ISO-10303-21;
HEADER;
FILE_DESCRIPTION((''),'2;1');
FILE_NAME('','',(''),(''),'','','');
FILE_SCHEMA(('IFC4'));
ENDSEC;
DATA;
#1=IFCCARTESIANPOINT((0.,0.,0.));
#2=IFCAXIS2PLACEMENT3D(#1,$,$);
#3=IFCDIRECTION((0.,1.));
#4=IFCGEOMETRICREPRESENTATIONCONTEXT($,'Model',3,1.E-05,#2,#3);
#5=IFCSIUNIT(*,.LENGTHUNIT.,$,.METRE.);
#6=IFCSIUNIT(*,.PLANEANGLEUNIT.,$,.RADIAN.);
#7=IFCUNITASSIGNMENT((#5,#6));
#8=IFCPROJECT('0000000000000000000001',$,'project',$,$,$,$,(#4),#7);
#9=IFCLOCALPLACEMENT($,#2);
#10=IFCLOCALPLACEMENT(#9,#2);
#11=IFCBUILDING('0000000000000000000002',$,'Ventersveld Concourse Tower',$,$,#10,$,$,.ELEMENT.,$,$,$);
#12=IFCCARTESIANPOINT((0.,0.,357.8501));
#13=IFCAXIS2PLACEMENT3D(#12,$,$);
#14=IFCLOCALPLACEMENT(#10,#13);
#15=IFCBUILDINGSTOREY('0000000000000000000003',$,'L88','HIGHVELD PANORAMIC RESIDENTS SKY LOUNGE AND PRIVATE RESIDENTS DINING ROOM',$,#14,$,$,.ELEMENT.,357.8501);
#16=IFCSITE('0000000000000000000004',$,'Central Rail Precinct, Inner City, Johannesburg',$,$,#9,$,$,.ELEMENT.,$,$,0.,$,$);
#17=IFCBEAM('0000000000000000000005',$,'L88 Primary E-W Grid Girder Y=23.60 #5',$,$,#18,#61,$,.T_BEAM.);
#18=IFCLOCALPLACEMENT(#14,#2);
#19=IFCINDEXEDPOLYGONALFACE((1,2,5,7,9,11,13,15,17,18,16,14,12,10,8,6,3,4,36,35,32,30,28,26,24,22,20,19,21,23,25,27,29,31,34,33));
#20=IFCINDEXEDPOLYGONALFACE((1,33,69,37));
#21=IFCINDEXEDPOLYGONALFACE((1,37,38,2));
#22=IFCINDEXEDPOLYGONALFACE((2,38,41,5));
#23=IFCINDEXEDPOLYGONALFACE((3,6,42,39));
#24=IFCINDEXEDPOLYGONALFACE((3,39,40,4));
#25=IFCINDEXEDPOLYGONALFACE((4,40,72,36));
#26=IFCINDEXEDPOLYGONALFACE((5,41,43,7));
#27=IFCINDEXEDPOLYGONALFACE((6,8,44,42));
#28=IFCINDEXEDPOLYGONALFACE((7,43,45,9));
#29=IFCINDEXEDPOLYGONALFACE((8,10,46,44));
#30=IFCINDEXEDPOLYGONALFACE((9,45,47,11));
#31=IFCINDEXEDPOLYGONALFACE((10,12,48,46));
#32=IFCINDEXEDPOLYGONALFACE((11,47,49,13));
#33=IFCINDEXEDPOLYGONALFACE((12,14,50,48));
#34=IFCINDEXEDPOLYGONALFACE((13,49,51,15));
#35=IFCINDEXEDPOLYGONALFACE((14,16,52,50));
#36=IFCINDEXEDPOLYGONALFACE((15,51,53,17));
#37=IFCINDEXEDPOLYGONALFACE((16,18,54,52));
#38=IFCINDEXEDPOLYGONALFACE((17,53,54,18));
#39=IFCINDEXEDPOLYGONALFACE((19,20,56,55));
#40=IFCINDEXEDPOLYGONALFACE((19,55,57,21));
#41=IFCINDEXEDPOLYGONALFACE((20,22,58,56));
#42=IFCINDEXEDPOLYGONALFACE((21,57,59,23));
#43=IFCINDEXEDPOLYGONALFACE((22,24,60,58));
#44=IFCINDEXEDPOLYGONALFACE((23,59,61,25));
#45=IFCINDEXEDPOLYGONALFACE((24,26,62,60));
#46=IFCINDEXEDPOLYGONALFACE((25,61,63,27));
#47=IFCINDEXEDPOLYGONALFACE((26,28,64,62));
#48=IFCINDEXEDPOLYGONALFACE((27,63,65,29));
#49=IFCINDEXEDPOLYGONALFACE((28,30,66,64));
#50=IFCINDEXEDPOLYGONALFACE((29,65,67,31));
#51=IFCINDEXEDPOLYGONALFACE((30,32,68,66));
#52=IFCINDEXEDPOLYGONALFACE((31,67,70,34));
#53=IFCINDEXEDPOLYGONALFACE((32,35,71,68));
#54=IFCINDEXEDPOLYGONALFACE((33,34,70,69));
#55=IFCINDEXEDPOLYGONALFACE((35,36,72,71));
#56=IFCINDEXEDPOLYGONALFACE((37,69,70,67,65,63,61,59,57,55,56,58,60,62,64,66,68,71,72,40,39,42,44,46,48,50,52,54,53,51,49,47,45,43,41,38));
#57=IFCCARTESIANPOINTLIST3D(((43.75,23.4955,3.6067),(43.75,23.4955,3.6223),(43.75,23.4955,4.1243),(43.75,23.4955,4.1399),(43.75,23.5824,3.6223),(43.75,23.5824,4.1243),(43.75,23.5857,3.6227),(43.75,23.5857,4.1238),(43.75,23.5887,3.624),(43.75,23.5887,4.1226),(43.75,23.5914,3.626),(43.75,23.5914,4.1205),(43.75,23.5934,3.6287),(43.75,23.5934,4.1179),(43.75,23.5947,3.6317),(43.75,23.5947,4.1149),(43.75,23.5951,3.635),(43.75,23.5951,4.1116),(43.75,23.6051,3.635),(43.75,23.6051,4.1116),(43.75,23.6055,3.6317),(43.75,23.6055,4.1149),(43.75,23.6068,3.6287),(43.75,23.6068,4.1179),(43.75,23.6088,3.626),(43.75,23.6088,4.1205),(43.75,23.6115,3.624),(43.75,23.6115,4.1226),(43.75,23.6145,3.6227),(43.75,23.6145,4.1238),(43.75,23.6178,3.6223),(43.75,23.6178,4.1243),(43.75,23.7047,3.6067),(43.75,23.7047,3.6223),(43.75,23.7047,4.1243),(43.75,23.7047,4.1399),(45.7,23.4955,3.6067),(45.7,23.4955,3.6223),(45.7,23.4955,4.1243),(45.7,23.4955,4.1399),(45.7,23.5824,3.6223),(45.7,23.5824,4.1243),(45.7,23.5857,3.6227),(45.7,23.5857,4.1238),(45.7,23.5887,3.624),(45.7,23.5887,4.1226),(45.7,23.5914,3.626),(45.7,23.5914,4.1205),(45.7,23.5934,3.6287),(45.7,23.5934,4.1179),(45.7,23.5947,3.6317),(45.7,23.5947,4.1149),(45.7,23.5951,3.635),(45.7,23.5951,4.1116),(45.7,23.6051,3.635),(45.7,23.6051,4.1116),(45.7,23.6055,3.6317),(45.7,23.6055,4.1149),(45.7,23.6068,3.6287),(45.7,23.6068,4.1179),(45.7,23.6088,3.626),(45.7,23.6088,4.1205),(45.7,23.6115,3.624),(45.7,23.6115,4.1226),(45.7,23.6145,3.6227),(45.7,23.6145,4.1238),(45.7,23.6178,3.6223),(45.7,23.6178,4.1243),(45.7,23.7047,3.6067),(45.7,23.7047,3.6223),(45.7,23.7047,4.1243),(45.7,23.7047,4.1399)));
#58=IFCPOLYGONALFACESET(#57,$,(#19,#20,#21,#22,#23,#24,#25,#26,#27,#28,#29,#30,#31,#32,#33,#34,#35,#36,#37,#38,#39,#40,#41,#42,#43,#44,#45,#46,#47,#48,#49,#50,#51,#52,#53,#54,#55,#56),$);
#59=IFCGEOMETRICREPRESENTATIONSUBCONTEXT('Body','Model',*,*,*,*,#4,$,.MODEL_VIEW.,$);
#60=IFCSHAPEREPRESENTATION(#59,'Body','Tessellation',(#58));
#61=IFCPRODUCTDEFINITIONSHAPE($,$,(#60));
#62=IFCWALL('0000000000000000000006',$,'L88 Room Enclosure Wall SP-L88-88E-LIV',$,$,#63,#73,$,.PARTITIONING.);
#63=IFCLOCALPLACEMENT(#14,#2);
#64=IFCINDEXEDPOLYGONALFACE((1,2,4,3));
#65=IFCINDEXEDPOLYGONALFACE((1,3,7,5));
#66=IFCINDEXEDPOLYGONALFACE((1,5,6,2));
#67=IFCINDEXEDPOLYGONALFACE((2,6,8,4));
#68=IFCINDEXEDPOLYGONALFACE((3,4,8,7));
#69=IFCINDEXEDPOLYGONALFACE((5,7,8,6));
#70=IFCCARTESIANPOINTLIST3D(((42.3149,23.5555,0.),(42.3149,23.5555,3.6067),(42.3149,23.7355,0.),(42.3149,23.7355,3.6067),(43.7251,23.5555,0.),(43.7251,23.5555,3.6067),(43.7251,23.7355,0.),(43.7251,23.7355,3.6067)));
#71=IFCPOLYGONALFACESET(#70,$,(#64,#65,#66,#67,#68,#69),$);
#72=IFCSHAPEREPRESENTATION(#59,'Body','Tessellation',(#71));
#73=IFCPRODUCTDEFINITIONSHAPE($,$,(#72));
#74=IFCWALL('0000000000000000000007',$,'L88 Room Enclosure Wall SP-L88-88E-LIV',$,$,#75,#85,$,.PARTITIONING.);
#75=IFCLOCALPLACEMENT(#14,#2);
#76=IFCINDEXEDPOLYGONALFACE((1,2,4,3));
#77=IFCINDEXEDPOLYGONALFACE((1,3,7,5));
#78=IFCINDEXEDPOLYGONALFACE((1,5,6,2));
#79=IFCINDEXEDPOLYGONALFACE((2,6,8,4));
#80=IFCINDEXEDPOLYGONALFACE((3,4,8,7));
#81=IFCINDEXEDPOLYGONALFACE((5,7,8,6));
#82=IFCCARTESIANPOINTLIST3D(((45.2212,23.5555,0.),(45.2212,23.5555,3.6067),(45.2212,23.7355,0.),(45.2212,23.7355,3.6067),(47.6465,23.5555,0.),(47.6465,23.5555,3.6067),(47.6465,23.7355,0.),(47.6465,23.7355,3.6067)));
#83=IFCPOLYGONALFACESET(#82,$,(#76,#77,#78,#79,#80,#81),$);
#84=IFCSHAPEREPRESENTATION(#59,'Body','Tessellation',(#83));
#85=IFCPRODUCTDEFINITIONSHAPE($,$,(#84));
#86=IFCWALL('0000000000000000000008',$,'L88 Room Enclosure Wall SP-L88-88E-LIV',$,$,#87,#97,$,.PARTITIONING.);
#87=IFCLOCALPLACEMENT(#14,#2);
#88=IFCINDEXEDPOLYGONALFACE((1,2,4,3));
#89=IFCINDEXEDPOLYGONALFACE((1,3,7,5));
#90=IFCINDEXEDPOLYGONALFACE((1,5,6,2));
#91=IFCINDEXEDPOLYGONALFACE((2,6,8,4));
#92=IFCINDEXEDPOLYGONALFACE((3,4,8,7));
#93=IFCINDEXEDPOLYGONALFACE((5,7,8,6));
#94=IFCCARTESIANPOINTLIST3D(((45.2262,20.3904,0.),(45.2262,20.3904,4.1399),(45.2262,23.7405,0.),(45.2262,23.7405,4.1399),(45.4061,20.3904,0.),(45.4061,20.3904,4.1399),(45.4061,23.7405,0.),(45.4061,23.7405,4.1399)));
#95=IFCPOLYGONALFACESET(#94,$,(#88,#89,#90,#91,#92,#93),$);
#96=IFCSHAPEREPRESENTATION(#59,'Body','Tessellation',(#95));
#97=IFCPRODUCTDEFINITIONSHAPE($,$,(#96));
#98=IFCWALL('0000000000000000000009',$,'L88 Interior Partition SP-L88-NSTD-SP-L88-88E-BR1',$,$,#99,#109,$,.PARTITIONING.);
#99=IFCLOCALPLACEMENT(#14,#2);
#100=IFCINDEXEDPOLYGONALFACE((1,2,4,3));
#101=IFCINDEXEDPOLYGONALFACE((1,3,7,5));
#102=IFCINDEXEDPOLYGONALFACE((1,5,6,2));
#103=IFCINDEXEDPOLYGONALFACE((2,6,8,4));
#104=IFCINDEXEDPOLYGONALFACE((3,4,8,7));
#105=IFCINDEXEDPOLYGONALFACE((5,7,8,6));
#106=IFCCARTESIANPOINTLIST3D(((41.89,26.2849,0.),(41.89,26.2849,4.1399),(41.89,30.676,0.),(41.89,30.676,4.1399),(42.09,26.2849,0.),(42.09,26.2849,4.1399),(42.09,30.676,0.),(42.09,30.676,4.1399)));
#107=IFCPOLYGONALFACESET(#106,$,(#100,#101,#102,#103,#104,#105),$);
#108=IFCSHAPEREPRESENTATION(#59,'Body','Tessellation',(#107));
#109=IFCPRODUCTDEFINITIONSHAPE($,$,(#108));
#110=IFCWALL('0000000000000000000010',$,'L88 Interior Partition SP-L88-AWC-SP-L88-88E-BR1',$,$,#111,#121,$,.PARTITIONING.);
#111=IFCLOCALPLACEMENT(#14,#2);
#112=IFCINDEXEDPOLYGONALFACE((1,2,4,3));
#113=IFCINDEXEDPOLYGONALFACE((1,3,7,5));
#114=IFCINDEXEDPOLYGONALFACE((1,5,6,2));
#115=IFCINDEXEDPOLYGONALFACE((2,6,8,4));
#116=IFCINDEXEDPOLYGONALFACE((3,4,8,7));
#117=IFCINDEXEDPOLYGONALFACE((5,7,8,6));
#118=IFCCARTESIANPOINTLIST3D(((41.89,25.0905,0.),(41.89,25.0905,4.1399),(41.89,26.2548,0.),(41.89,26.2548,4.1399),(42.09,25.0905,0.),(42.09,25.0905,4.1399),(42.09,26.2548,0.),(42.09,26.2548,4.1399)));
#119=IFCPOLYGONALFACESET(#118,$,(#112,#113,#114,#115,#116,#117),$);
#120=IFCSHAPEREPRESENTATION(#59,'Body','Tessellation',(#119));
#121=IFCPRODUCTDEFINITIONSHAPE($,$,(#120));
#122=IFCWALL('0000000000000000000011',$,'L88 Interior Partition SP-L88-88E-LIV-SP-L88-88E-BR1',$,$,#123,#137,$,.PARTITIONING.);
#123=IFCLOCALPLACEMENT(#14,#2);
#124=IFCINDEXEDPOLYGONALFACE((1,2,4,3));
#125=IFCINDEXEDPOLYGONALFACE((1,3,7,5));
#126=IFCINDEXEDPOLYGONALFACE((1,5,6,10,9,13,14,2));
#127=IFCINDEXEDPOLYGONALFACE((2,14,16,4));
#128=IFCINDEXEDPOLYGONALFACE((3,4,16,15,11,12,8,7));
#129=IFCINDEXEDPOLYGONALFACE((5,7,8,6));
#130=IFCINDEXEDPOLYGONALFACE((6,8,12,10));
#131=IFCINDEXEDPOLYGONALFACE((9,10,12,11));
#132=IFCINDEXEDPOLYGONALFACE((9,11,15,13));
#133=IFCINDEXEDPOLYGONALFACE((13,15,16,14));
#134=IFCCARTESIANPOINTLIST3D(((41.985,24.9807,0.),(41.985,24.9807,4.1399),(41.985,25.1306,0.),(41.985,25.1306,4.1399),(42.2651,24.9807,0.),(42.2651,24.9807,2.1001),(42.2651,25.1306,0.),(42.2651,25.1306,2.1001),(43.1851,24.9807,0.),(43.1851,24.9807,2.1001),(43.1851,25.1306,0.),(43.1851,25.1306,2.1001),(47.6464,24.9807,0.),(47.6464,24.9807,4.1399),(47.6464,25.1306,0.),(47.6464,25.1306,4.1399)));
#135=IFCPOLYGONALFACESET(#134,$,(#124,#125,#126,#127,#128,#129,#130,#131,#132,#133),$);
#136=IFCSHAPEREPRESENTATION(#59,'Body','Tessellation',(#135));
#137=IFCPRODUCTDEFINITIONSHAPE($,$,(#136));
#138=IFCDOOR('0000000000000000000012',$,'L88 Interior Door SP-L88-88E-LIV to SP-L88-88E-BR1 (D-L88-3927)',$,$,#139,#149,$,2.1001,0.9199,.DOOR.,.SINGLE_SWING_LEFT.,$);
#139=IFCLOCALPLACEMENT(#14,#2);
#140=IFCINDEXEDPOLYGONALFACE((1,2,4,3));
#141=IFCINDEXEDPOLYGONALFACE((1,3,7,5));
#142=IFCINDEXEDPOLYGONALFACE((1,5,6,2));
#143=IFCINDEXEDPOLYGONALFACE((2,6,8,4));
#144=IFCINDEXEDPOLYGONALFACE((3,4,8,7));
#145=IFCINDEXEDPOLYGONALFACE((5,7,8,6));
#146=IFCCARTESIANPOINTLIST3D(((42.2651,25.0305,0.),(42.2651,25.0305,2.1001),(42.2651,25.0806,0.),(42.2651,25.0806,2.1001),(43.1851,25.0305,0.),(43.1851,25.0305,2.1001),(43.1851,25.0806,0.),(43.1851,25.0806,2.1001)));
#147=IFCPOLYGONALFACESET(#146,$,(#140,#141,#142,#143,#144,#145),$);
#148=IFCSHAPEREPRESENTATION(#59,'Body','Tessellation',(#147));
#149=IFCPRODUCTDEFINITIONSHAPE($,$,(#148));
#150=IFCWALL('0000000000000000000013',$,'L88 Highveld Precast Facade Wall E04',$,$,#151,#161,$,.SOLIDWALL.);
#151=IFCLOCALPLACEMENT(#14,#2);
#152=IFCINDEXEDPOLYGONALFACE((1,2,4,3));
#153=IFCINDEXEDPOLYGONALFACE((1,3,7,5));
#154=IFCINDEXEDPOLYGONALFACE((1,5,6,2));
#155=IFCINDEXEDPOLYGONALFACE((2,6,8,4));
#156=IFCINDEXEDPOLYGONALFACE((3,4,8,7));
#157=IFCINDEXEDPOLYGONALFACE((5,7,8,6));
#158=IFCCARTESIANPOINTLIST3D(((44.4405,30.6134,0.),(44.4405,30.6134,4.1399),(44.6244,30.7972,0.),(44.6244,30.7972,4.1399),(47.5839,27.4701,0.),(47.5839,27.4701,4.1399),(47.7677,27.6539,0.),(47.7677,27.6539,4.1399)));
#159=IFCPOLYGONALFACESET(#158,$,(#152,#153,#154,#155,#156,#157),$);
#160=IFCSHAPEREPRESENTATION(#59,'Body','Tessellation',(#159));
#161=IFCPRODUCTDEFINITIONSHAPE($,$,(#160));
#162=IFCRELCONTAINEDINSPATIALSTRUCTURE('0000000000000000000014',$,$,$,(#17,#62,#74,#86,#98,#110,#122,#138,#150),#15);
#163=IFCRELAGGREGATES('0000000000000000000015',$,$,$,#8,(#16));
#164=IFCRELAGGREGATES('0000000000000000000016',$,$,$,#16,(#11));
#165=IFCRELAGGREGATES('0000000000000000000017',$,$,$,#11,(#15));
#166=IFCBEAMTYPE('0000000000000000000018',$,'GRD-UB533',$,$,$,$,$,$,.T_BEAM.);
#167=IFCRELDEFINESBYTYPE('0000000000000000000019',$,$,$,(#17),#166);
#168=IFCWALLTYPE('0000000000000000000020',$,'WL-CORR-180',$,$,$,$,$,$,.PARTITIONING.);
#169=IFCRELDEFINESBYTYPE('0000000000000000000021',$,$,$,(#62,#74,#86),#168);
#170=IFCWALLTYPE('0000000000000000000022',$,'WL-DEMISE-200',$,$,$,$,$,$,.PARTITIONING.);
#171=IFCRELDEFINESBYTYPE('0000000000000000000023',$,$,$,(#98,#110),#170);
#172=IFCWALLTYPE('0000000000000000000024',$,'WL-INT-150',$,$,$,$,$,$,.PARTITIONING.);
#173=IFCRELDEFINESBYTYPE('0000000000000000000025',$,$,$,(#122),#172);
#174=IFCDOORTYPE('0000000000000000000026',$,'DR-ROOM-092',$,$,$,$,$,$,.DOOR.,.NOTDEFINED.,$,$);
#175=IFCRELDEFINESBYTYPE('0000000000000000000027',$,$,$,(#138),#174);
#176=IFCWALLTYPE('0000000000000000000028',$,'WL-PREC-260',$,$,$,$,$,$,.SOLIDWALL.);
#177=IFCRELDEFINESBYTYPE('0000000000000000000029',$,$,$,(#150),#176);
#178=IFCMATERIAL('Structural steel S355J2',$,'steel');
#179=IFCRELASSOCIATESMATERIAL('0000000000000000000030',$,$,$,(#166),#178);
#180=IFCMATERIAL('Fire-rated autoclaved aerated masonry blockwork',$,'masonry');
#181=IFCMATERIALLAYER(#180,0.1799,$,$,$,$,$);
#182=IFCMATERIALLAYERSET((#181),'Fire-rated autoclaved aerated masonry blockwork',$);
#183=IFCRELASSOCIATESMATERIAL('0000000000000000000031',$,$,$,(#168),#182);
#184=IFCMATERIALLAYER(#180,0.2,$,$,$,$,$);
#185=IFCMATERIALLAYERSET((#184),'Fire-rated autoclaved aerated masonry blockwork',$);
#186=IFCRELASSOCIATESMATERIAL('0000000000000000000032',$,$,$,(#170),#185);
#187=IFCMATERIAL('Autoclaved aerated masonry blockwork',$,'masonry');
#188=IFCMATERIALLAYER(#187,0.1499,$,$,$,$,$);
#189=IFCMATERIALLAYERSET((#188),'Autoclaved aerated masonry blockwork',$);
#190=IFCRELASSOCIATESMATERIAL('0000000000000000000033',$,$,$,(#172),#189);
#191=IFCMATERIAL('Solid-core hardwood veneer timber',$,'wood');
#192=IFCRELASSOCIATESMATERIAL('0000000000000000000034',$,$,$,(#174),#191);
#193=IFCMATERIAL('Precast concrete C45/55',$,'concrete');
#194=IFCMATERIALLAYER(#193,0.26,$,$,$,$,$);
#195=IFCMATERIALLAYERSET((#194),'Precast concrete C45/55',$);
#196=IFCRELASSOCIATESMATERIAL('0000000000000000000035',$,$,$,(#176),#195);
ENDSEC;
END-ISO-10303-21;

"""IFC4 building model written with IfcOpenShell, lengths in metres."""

from ifc_helpers import new_model, si_unit, direction, frame, frame_2d, origin, origin_2d, place, context, subcontext, project, spatial, rectangle, i_section, extrude, material, layer, layer_set, material_profile, profile_set, type_object, element, fill, save


model = new_model("IFC4")

# Units and contexts
model_context = context("Model", 3, precision=1e-05, world=origin(), true_north=direction((0.0, 1.0)))
body_context = subcontext(model_context, "Body", "Model", "MODEL_VIEW")
ifc_project = project(units=[si_unit("LENGTHUNIT", "METRE"), si_unit("PLANEANGLEUNIT", "RADIAN")], contexts=[model_context])

# Site, building, storey
site_placement = place(None, origin())
site = spatial("IfcSite", under=ifc_project, at=site_placement, Name="Central Rail Precinct, Inner City, Johannesburg", CompositionType="ELEMENT", RefElevation=0.0)
building_placement = place(site_placement, origin())
building = spatial("IfcBuilding", under=site, at=building_placement, Name="Ventersveld Concourse Tower", CompositionType="ELEMENT")
storey_placement = place(building_placement, frame((0.0, 0.0, 357.8501)))
storey = spatial("IfcBuildingStorey", under=building, at=storey_placement, Name="L88", Description="HIGHVELD PANORAMIC RESIDENTS SKY LOUNGE AND PRIVATE RESIDENTS DINING ROOM", CompositionType="ELEMENT", Elevation=357.8501)

# Shared definitions
ifc_material_1 = material(Name="Structural steel S355J2", Category="steel")

# Beam
ifc_material_profile_1 = material_profile(ifc_material_1, i_section(OverallWidth=0.2092, OverallDepth=0.5332, WebThickness=0.01, FlangeThickness=0.0156, FilletRadius=0.0127, at=origin_2d()), Name="UB 533x210x92")
ifc_profile_set_1 = profile_set([ifc_material_profile_1], Name="Structural steel S355J2")
beam_type_1 = type_object("IfcBeamType", Name="GRD-UB533", PredefinedType="T_BEAM", material=ifc_profile_set_1)
beam_1_placement = place(storey_placement, frame((43.75, 23.6001, 3.8733), z_axis=(1.0, 0.0, 0.0), x_axis=(0.0, 1.0, 0.0)))
element("IfcBeam", 1, at=beam_1_placement, inside=storey, type_object=beam_type_1, Name="L88 Primary E-W Grid Girder Y=23.60 #5", PredefinedType="T_BEAM", context=body_context, shape_type="SweptSolid", body=[
    extrude(i_section(OverallWidth=0.2092, OverallDepth=0.5332, WebThickness=0.01, FlangeThickness=0.0156, FilletRadius=0.0127, at=origin_2d()), origin(), (0.0, 0.0, 1.0), 1.95),
])

# Walls
ifc_material_2 = material(Name="Fire-rated autoclaved aerated masonry blockwork", Category="masonry")
ifc_layer_1 = layer(ifc_material_2, 0.1799)
ifc_layer_set_1 = layer_set([ifc_layer_1], Name="Fire-rated autoclaved aerated masonry blockwork")
wall_type_1 = type_object("IfcWallType", Name="WL-CORR-180", PredefinedType="PARTITIONING", material=ifc_layer_set_1)
wall_1_placement = place(storey_placement, frame((43.7251, 23.6455, 0.0), z_axis=(0.0, 0.0, 1.0), x_axis=(-1.0, 0.0, 0.0)))
element("IfcWall", 2, at=wall_1_placement, inside=storey, type_object=wall_type_1, Name="L88 Room Enclosure Wall SP-L88-88E-LIV", PredefinedType="PARTITIONING", context=body_context, shape_type="SweptSolid", body=[
    extrude(rectangle(XDim=1.4102, YDim=0.1799, at=frame_2d((0.7051, 0.0))), origin(), (0.0, 0.0, 1.0), 3.6067),
])
wall_2_placement = place(storey_placement, frame((47.6465, 23.6455, 0.0), z_axis=(0.0, 0.0, 1.0), x_axis=(-1.0, 0.0, 0.0)))
element("IfcWall", 3, at=wall_2_placement, inside=storey, type_object=wall_type_1, Name="L88 Room Enclosure Wall SP-L88-88E-LIV", PredefinedType="PARTITIONING", context=body_context, shape_type="SweptSolid", body=[
    extrude(rectangle(XDim=2.4253, YDim=0.1799, at=frame_2d((1.2126, 0.0))), origin(), (0.0, 0.0, 1.0), 3.6067),
])
wall_3_placement = place(storey_placement, frame((45.3162, 23.7405, 0.0), z_axis=(0.0, 0.0, 1.0), x_axis=(0.0, -1.0, 0.0)))
element("IfcWall", 4, at=wall_3_placement, inside=storey, type_object=wall_type_1, Name="L88 Room Enclosure Wall SP-L88-88E-LIV", PredefinedType="PARTITIONING", context=body_context, shape_type="SweptSolid", body=[
    extrude(rectangle(XDim=3.3501, YDim=0.1799, at=frame_2d((1.675, 0.0))), origin(), (0.0, 0.0, 1.0), 4.1399),
])
ifc_layer_2 = layer(ifc_material_2, 0.2)
ifc_layer_set_2 = layer_set([ifc_layer_2], Name="Fire-rated autoclaved aerated masonry blockwork")
wall_type_2 = type_object("IfcWallType", Name="WL-DEMISE-200", PredefinedType="PARTITIONING", material=ifc_layer_set_2)
wall_4_placement = place(storey_placement, frame((41.99, 26.2849, 0.0), z_axis=(0.0, 0.0, 1.0), x_axis=(0.0, 1.0, 0.0)))
element("IfcWall", 5, at=wall_4_placement, inside=storey, type_object=wall_type_2, Name="L88 Interior Partition SP-L88-NSTD-SP-L88-88E-BR1", PredefinedType="PARTITIONING", context=body_context, shape_type="SweptSolid", body=[
    extrude(rectangle(XDim=4.3911, YDim=0.2, at=frame_2d((2.1956, 0.0))), origin(), (0.0, 0.0, 1.0), 4.1399),
])
wall_5_placement = place(storey_placement, frame((41.99, 25.0906, 0.0), z_axis=(0.0, 0.0, 1.0), x_axis=(0.0, 1.0, 0.0)))
element("IfcWall", 6, at=wall_5_placement, inside=storey, type_object=wall_type_2, Name="L88 Interior Partition SP-L88-AWC-SP-L88-88E-BR1", PredefinedType="PARTITIONING", context=body_context, shape_type="SweptSolid", body=[
    extrude(rectangle(XDim=1.1643, YDim=0.2, at=frame_2d((0.582, 0.0))), origin(), (0.0, 0.0, 1.0), 4.1399),
])

# Wall, opening, door
ifc_material_3 = material(Name="Autoclaved aerated masonry blockwork", Category="masonry")
ifc_layer_3 = layer(ifc_material_3, 0.1499)
ifc_layer_set_3 = layer_set([ifc_layer_3], Name="Autoclaved aerated masonry blockwork")
wall_type_3 = type_object("IfcWallType", Name="WL-INT-150", PredefinedType="PARTITIONING", material=ifc_layer_set_3)
wall_6_placement = place(storey_placement, frame((41.9851, 25.0557, 0.0), z_axis=(0.0, 0.0, 1.0), x_axis=(1.0, 0.0, 0.0)))
wall_6 = element("IfcWall", 7, at=wall_6_placement, inside=storey, type_object=wall_type_3, Name="L88 Interior Partition SP-L88-88E-LIV-SP-L88-88E-BR1", PredefinedType="PARTITIONING", context=body_context, shape_type="SweptSolid", body=[
    extrude(rectangle(XDim=5.6614, YDim=0.1499, at=frame_2d((2.8306, 0.0))), origin(), (0.0, 0.0, 1.0), 4.1399),
])
opening_1_placement = place(wall_6_placement, frame((0.28, 0.0, 0.0)))
opening_1 = element("IfcOpeningElement", 8, at=opening_1_placement, cuts=wall_6, PredefinedType="OPENING", context=body_context, shape_type="SweptSolid", body=[
    extrude(rectangle(XDim=0.9199, YDim=2.1001, at=frame_2d((0.46, 1.05))), frame((0.0, 0.085, 0.0), z_axis=(0.0, -1.0, 0.0), x_axis=(1.0, 0.0, 0.0)), (0.0, 0.0, 1.0), 0.1699),
])
ifc_material_4 = material(Name="Solid-core hardwood veneer timber", Category="wood")
door_type = type_object("IfcDoorType", Name="DR-ROOM-092", OperationType="NOTDEFINED", PredefinedType="DOOR", material=ifc_material_4)
door_placement = place(opening_1_placement, origin())
door = element("IfcDoor", 9, at=door_placement, inside=storey, type_object=door_type, Name="L88 Interior Door SP-L88-88E-LIV to SP-L88-88E-BR1 (D-L88-3927)", OperationType="SINGLE_SWING_LEFT", OverallHeight=2.1001, OverallWidth=0.9199, PredefinedType="DOOR", context=body_context, shape_type="SweptSolid", body=[
    extrude(rectangle(XDim=0.9199, YDim=2.1001, at=frame_2d((0.46, 1.05))), frame((0.0, 0.0249, 0.0), z_axis=(0.0, -1.0, 0.0), x_axis=(1.0, 0.0, 0.0)), (0.0, 0.0, 1.0), 0.05),
])
fill(opening_1, door)

# Wall
ifc_material_5 = material(Name="Precast concrete C45/55", Category="concrete")
ifc_layer_4 = layer(ifc_material_5, 0.26)
ifc_layer_set_4 = layer_set([ifc_layer_4], Name="Precast concrete C45/55")
wall_type_4 = type_object("IfcWallType", Name="WL-PREC-260", PredefinedType="SOLIDWALL", material=ifc_layer_set_4)
wall_7_placement = place(storey_placement, frame((47.6758, 27.562, 0.0), z_axis=(0.0, 0.0, 1.0), x_axis=(-0.707107, 0.707107, 0.0)))
element("IfcWall", 10, at=wall_7_placement, inside=storey, type_object=wall_type_4, Name="L88 Highveld Precast Facade Wall E04", PredefinedType="SOLIDWALL", context=body_context, shape_type="SweptSolid", body=[
    extrude(rectangle(XDim=4.4453, YDim=0.26, at=frame_2d((2.2227, 0.0))), origin(), (0.0, 0.0, 1.0), 4.1399),
])

save(model, "model.ifc")
